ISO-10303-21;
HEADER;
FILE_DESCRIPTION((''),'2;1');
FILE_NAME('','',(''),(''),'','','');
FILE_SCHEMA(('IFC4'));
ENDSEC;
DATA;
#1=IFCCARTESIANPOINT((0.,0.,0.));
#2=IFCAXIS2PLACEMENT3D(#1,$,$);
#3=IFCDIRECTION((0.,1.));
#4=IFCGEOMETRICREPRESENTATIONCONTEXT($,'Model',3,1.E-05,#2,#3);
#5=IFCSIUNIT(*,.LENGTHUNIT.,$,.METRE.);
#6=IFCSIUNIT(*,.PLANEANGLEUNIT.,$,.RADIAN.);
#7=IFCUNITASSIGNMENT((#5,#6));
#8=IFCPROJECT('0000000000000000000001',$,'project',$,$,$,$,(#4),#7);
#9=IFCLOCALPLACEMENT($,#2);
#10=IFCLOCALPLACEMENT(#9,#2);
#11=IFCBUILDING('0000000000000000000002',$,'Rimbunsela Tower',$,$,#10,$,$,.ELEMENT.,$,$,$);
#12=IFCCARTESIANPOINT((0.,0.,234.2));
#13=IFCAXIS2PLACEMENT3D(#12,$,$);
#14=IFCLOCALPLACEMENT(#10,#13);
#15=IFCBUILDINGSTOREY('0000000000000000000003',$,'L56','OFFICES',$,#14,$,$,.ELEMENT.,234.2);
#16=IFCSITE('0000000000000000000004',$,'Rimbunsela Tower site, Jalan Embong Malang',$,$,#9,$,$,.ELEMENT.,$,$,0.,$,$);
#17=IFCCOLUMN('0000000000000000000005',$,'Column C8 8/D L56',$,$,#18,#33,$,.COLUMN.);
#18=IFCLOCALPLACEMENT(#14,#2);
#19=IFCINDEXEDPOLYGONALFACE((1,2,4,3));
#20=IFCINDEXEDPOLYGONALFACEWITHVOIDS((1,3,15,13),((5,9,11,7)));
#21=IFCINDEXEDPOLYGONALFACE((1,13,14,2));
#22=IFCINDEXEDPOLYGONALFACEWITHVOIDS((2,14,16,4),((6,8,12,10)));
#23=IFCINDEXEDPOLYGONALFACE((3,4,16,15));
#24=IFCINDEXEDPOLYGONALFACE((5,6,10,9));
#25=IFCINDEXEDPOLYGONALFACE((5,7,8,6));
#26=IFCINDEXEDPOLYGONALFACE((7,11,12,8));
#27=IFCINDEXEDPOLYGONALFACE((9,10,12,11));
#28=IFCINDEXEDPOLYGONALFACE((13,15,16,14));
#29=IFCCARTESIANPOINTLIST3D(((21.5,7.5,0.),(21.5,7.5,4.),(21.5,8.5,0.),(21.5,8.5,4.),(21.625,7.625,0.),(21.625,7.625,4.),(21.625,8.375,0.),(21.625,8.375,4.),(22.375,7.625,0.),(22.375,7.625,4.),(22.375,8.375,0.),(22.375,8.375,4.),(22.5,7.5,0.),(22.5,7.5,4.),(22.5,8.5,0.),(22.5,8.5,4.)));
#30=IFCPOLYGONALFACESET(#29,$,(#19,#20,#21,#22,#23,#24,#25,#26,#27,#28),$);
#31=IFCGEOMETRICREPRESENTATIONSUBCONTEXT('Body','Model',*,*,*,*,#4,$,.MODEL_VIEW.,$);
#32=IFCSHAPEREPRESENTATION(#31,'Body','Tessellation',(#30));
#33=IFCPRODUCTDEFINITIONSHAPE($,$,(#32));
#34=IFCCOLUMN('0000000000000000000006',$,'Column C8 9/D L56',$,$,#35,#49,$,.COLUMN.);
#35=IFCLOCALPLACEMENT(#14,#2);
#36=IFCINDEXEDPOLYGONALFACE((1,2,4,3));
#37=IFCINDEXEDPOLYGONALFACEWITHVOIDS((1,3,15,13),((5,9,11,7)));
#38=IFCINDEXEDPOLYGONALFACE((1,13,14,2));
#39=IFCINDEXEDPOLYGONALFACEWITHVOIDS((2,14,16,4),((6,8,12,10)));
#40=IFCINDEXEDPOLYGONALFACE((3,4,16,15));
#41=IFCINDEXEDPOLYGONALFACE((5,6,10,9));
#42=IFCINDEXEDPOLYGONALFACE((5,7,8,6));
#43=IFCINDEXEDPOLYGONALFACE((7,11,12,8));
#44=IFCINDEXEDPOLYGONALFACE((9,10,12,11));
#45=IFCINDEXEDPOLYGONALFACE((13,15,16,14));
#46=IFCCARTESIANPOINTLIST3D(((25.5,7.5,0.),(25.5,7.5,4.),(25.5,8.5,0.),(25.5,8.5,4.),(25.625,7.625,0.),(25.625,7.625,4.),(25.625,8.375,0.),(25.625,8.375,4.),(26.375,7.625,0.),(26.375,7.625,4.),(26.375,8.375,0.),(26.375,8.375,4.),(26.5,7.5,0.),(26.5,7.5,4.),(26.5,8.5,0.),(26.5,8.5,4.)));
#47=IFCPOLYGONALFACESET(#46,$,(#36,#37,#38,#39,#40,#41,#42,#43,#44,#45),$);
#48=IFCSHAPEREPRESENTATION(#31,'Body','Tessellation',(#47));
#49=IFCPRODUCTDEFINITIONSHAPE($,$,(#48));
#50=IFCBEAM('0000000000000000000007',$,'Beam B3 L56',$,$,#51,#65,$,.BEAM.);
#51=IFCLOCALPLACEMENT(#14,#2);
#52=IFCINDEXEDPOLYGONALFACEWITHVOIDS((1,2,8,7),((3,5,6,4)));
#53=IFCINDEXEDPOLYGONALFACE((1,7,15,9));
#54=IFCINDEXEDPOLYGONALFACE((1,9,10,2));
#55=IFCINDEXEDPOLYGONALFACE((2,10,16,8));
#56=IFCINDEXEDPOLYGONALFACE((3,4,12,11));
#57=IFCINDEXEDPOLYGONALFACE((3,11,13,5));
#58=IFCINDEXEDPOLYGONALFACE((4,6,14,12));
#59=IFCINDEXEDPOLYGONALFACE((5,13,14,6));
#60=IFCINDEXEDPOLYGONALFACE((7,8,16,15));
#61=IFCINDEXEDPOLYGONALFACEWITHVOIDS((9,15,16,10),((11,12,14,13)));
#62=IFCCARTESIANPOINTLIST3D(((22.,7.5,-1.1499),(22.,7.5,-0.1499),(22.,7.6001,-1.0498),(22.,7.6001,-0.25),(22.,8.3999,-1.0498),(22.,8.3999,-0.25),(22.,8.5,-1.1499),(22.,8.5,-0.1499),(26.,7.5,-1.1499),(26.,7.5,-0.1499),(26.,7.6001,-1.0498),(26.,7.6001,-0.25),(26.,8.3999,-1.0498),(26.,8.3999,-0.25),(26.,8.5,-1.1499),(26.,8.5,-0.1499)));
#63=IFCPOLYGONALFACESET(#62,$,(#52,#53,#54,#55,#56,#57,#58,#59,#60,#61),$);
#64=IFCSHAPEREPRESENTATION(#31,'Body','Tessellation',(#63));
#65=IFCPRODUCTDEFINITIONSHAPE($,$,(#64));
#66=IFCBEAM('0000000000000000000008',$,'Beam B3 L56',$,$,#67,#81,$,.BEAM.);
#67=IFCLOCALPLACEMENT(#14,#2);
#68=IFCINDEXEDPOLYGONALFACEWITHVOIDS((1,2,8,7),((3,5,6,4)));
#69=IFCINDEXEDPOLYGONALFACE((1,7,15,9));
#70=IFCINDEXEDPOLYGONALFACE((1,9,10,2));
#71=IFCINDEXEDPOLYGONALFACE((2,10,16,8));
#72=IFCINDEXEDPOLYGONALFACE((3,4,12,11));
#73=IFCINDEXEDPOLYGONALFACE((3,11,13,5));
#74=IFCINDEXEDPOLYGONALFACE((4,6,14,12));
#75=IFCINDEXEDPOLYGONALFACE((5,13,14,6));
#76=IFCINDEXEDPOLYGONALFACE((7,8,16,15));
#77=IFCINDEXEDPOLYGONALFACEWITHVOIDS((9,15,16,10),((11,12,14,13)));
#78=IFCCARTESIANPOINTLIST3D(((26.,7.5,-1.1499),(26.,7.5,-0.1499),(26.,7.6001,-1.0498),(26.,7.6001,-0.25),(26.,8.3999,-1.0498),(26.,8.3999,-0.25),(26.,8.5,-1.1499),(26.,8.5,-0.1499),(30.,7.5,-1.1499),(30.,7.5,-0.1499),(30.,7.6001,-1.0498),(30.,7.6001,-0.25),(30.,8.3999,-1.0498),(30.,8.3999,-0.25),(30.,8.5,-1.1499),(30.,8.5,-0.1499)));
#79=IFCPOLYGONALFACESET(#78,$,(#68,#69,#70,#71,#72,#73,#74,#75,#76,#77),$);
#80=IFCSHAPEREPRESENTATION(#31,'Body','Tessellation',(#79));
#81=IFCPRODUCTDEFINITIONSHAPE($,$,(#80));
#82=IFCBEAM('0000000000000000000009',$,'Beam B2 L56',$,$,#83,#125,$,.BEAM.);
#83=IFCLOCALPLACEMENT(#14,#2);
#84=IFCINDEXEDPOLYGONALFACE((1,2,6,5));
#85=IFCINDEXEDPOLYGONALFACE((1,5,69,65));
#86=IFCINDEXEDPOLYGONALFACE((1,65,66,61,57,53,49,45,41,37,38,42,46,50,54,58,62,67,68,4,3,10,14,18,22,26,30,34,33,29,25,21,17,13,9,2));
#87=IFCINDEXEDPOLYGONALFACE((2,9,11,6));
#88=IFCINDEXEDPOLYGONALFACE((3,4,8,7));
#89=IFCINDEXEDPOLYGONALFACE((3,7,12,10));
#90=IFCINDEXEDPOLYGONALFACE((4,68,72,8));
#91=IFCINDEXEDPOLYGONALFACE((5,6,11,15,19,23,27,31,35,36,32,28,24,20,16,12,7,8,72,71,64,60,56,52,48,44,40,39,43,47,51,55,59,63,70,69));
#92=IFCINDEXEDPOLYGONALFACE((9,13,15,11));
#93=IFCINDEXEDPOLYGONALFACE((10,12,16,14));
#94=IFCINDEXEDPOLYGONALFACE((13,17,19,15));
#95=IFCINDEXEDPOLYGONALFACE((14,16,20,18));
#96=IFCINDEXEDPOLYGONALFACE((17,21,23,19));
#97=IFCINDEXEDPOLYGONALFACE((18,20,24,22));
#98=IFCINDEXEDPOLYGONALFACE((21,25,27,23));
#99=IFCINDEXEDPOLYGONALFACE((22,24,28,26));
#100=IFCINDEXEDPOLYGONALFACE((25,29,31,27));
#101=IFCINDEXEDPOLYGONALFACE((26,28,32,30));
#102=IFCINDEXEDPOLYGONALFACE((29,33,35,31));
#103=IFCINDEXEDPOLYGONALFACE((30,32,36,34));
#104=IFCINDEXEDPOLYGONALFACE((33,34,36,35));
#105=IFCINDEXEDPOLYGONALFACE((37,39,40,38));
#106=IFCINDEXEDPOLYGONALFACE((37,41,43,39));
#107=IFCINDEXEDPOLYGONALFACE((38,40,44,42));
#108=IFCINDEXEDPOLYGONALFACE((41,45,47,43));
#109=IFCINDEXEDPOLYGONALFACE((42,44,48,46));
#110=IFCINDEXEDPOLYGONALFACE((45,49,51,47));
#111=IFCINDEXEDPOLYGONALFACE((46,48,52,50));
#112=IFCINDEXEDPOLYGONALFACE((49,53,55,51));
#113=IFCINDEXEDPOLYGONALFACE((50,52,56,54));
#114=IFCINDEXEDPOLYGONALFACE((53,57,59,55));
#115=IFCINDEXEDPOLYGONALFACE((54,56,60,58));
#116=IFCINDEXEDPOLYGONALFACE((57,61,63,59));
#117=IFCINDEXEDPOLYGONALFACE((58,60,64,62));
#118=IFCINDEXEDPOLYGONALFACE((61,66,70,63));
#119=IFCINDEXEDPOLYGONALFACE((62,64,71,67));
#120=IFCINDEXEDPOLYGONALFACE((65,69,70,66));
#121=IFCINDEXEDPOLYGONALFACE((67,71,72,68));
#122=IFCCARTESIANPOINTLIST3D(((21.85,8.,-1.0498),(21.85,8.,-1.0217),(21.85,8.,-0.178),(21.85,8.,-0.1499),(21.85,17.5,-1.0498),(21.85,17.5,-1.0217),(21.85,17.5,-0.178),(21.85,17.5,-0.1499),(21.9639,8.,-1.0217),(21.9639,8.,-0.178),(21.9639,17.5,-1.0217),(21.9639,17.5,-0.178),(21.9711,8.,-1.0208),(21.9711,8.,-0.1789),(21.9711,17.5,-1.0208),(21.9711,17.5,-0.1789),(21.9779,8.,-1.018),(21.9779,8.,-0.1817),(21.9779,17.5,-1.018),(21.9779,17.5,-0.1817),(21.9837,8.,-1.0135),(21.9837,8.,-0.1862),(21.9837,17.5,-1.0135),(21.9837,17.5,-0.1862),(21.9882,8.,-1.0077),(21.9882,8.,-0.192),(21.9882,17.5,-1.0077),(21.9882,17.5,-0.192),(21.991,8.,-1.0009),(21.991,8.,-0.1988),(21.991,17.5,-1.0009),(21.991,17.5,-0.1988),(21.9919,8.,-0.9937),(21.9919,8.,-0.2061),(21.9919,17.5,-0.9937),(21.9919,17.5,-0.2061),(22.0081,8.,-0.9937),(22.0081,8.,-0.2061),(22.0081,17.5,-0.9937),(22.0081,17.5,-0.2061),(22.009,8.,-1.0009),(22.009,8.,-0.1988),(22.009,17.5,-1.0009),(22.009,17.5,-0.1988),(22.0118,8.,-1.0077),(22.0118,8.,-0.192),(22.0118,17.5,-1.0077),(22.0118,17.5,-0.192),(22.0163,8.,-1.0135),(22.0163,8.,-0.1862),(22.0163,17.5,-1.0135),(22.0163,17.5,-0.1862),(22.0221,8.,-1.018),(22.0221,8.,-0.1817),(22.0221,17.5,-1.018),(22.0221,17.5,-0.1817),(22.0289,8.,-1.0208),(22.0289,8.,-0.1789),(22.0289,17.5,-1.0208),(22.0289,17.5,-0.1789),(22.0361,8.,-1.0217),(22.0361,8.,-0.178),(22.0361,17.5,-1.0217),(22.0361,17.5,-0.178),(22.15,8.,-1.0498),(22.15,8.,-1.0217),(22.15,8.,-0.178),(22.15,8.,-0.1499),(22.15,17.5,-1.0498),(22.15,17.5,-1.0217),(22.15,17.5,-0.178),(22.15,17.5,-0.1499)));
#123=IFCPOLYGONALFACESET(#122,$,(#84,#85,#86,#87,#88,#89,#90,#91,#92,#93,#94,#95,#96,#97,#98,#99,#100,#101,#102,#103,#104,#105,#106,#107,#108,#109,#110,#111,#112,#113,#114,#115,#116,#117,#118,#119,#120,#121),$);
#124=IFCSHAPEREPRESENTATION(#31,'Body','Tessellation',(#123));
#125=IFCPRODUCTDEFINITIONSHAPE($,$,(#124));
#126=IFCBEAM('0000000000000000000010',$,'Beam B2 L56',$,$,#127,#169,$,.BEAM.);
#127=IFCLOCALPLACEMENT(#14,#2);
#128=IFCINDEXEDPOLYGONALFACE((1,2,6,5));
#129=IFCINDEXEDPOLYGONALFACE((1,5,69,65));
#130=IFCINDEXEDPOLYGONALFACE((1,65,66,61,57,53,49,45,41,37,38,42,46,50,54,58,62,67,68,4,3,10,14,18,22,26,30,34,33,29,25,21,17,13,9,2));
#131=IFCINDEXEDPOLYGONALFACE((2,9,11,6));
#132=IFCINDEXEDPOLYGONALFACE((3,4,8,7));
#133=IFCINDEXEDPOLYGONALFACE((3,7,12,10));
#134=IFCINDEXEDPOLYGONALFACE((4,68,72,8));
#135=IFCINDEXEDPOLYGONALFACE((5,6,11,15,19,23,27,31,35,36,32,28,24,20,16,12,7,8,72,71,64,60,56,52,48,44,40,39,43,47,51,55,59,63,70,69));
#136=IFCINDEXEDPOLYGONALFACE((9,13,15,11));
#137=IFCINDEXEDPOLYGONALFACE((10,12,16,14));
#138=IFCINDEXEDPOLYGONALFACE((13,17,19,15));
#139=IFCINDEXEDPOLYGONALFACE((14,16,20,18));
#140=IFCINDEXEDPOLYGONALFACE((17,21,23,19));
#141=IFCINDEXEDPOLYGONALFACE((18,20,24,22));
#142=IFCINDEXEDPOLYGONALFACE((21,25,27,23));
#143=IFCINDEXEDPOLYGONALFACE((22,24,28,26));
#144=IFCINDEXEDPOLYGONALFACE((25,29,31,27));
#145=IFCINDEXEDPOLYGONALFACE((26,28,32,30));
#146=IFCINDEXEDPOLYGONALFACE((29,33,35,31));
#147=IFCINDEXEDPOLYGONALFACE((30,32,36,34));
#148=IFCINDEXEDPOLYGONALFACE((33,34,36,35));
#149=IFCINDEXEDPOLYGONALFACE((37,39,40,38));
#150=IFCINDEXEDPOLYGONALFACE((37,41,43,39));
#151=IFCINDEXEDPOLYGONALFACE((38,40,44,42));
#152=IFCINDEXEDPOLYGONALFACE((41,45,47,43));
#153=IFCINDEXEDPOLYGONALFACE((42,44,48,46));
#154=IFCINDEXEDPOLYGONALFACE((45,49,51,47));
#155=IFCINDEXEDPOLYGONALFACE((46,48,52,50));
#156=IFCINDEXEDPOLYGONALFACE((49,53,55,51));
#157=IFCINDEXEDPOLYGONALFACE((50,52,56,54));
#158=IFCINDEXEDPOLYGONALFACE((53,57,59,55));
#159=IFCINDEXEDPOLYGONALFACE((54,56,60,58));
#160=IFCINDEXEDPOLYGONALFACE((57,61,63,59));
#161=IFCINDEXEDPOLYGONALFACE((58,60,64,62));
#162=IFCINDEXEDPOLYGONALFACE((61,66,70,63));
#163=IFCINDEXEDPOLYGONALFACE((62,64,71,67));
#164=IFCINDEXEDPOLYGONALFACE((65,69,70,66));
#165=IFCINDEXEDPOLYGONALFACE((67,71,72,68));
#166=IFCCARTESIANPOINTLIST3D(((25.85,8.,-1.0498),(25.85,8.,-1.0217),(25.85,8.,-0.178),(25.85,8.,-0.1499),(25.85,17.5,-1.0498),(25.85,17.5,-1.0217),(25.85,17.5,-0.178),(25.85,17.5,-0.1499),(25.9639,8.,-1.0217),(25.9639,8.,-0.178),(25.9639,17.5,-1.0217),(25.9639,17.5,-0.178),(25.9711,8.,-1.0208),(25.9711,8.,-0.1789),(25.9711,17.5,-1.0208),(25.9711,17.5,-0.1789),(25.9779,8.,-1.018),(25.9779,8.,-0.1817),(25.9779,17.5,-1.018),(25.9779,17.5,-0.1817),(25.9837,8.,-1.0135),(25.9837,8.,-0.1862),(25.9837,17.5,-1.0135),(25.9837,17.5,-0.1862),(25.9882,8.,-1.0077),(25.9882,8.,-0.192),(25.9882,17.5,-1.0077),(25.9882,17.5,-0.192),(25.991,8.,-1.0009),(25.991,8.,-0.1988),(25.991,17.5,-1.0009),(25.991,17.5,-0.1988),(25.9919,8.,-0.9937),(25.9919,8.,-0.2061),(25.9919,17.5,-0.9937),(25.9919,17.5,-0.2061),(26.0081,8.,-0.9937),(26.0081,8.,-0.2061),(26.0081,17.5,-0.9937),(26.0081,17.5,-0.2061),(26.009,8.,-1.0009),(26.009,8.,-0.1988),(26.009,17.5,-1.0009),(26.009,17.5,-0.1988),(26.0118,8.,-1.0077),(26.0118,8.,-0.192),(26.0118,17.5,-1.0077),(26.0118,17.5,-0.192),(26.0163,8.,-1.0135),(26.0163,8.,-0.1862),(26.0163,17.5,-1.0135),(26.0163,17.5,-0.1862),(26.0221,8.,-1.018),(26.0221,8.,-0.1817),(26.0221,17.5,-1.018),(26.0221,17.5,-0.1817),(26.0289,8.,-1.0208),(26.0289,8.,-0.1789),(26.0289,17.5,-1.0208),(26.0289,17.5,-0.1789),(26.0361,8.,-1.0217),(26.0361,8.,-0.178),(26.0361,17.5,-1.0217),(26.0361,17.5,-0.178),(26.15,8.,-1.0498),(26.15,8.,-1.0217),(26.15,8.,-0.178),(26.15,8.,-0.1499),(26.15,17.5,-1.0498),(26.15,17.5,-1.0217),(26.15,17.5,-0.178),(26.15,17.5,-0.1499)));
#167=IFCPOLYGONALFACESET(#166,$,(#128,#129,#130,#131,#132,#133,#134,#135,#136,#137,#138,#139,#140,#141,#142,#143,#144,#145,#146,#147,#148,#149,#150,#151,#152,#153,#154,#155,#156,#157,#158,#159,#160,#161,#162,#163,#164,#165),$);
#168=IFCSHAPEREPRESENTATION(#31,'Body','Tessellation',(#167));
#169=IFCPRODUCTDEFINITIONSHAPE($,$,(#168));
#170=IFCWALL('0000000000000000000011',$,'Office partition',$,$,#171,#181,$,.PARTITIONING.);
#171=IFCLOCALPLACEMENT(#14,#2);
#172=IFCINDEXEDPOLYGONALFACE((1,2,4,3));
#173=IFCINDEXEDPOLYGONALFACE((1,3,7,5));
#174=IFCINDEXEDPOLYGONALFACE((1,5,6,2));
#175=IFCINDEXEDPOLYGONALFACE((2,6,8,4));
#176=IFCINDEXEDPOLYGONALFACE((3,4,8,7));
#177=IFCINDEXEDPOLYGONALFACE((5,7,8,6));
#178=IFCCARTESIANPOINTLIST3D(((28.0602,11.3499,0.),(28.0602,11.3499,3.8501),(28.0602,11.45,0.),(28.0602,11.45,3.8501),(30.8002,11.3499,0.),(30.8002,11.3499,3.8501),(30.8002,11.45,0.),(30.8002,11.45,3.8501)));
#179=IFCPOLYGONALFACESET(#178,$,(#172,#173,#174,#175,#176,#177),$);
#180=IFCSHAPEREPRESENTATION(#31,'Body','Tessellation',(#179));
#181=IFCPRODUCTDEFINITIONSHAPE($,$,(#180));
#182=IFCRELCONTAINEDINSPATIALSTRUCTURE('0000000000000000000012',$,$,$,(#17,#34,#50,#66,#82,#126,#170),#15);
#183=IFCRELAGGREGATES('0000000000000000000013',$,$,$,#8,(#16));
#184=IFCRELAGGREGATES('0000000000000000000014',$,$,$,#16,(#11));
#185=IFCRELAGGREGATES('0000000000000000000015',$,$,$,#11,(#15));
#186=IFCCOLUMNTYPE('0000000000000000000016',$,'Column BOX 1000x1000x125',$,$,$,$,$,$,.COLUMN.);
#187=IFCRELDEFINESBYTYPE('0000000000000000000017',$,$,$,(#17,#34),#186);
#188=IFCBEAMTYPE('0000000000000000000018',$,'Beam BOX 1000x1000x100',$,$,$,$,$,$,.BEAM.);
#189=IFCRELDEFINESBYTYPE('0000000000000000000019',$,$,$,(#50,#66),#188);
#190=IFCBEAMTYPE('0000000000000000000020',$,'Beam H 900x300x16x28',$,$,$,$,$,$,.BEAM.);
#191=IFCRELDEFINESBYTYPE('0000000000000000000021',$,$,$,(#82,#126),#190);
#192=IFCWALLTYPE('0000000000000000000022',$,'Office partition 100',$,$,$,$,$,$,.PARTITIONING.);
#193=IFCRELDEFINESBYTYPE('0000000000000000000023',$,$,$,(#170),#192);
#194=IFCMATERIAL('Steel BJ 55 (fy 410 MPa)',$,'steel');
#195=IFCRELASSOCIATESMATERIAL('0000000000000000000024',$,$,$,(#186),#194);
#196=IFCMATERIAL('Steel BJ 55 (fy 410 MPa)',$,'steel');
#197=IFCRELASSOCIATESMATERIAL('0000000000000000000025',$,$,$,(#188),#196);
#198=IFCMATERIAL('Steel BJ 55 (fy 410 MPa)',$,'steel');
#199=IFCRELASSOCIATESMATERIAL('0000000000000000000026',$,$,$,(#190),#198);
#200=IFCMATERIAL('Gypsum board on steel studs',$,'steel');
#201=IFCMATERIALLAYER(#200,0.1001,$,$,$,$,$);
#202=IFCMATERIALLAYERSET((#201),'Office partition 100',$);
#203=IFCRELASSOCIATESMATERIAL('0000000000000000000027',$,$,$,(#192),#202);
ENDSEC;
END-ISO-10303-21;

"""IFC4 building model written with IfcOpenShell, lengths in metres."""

from ifc_helpers import new_model, si_unit, direction, frame, frame_2d, origin, origin_2d, place, context, subcontext, project, spatial, rectangle, hollow_rectangle, i_section, extrude, material, layer, layer_set, material_profile, profile_set, type_object, element, save


model = new_model("IFC4")

# Units and contexts
model_context = context("Model", 3, precision=1e-05, world=origin(), true_north=direction((0.0, 1.0)))
body_context = subcontext(model_context, "Body", "Model", "MODEL_VIEW")
ifc_project = project(units=[si_unit("LENGTHUNIT", "METRE"), si_unit("PLANEANGLEUNIT", "RADIAN")], contexts=[model_context])

# Site, building, storey
site_placement = place(None, origin())
site = spatial("IfcSite", under=ifc_project, at=site_placement, Name="Rimbunsela Tower site, Jalan Embong Malang", CompositionType="ELEMENT", RefElevation=0.0)
building_placement = place(site_placement, origin())
building = spatial("IfcBuilding", under=site, at=building_placement, Name="Rimbunsela Tower", CompositionType="ELEMENT")
storey_placement = place(building_placement, frame((0.0, 0.0, 234.2)))
storey = spatial("IfcBuildingStorey", under=building, at=storey_placement, Name="L56", Description="OFFICES", CompositionType="ELEMENT", Elevation=234.2)

# Columns
ifc_material_1 = material(Name="Steel BJ 55 (fy 410 MPa)", Category="steel")
ifc_material_profile_1 = material_profile(ifc_material_1, hollow_rectangle(XDim=1.0, YDim=1.0, WallThickness=0.125, at=origin_2d()), Name="BOX 1000x1000x125")
ifc_profile_set_1 = profile_set([ifc_material_profile_1], Name="Steel BJ 55 (fy 410 MPa)")
column_type = type_object("IfcColumnType", Name="Column BOX 1000x1000x125", PredefinedType="COLUMN", material=ifc_profile_set_1)
for number, where, z_axis, x_axis, name in (
    (1, (22.0, 8.0, 0.0), (0.0, 0.0, 1.0), (1.0, 0.0, 0.0), "Column C8 8/D L56"),
    (2, (26.0, 8.0, 0.0), (0.0, 0.0, 1.0), (1.0, 0.0, 0.0), "Column C8 9/D L56"),
):
    element("IfcColumn", number, at=place(storey_placement, frame(where, z_axis=z_axis, x_axis=x_axis)), inside=storey, type_object=column_type, Name=name, PredefinedType="COLUMN", context=body_context, shape_type="SweptSolid", body=[
        extrude(hollow_rectangle(XDim=1.0, YDim=1.0, WallThickness=0.125, at=origin_2d()), origin(), (0.0, 0.0, 1.0), 4.0),
    ])

# Beams
ifc_material_2 = material(Name="Steel BJ 55 (fy 410 MPa)", Category="steel")
ifc_material_profile_2 = material_profile(ifc_material_2, hollow_rectangle(XDim=1.0, YDim=1.0, WallThickness=0.1001, at=origin_2d()), Name="BOX 1000x1000x100")
ifc_profile_set_2 = profile_set([ifc_material_profile_2], Name="Steel BJ 55 (fy 410 MPa)")
beam_type_1 = type_object("IfcBeamType", Name="Beam BOX 1000x1000x100", PredefinedType="BEAM", material=ifc_profile_set_2)
for number, where, z_axis, x_axis, name in (
    (3, (22.0, 8.0, -0.6499), (1.0, 0.0, 0.0), (0.0, 1.0, 0.0), "Beam B3 L56"),
    (4, (26.0, 8.0, -0.6499), (1.0, 0.0, 0.0), (0.0, 1.0, 0.0), "Beam B3 L56"),
):
    element("IfcBeam", number, at=place(storey_placement, frame(where, z_axis=z_axis, x_axis=x_axis)), inside=storey, type_object=beam_type_1, Name=name, PredefinedType="BEAM", context=body_context, shape_type="SweptSolid", body=[
        extrude(hollow_rectangle(XDim=1.0, YDim=1.0, WallThickness=0.1001, at=origin_2d()), origin(), (0.0, 0.0, 1.0), 4.0),
    ])
ifc_material_3 = material(Name="Steel BJ 55 (fy 410 MPa)", Category="steel")
ifc_material_profile_3 = material_profile(ifc_material_3, i_section(OverallWidth=0.3, OverallDepth=0.8999, WebThickness=0.0161, FlangeThickness=0.0281, FilletRadius=0.0281, at=origin_2d()), Name="H 900x300x16x28")
ifc_profile_set_3 = profile_set([ifc_material_profile_3], Name="Steel BJ 55 (fy 410 MPa)")
beam_type_2 = type_object("IfcBeamType", Name="Beam H 900x300x16x28", PredefinedType="BEAM", material=ifc_profile_set_3)
for number, where, z_axis, x_axis, name in (
    (5, (22.0, 8.0, -0.5999), (0.0, 1.0, 0.0), (-1.0, 0.0, 0.0), "Beam B2 L56"),
    (6, (26.0, 8.0, -0.5999), (0.0, 1.0, 0.0), (-1.0, 0.0, 0.0), "Beam B2 L56"),
):
    element("IfcBeam", number, at=place(storey_placement, frame(where, z_axis=z_axis, x_axis=x_axis)), inside=storey, type_object=beam_type_2, Name=name, PredefinedType="BEAM", context=body_context, shape_type="SweptSolid", body=[
        extrude(i_section(OverallWidth=0.3, OverallDepth=0.8999, WebThickness=0.0161, FlangeThickness=0.0281, FilletRadius=0.0281, at=origin_2d()), origin(), (0.0, 0.0, 1.0), 9.5),
    ])

# Wall
ifc_material_4 = material(Name="Gypsum board on steel studs", Category="steel")
ifc_layer_1 = layer(ifc_material_4, 0.1001)
ifc_layer_set_1 = layer_set([ifc_layer_1], Name="Office partition 100")
wall_type_1 = type_object("IfcWallType", Name="Office partition 100", PredefinedType="PARTITIONING", material=ifc_layer_set_1)
wall_1_placement = place(storey_placement, frame((28.0601, 11.3999, 0.0), z_axis=(0.0, 0.0, 1.0), x_axis=(1.0, 0.0, 0.0)))
element("IfcWall", 7, at=wall_1_placement, inside=storey, type_object=wall_type_1, Name="Office partition", PredefinedType="PARTITIONING", context=body_context, shape_type="SweptSolid", body=[
    extrude(rectangle(XDim=2.74, YDim=0.1001, at=frame_2d((1.3701, 0.0))), origin(), (0.0, 0.0, 1.0), 3.8501),
])

save(model, "model.ifc")
